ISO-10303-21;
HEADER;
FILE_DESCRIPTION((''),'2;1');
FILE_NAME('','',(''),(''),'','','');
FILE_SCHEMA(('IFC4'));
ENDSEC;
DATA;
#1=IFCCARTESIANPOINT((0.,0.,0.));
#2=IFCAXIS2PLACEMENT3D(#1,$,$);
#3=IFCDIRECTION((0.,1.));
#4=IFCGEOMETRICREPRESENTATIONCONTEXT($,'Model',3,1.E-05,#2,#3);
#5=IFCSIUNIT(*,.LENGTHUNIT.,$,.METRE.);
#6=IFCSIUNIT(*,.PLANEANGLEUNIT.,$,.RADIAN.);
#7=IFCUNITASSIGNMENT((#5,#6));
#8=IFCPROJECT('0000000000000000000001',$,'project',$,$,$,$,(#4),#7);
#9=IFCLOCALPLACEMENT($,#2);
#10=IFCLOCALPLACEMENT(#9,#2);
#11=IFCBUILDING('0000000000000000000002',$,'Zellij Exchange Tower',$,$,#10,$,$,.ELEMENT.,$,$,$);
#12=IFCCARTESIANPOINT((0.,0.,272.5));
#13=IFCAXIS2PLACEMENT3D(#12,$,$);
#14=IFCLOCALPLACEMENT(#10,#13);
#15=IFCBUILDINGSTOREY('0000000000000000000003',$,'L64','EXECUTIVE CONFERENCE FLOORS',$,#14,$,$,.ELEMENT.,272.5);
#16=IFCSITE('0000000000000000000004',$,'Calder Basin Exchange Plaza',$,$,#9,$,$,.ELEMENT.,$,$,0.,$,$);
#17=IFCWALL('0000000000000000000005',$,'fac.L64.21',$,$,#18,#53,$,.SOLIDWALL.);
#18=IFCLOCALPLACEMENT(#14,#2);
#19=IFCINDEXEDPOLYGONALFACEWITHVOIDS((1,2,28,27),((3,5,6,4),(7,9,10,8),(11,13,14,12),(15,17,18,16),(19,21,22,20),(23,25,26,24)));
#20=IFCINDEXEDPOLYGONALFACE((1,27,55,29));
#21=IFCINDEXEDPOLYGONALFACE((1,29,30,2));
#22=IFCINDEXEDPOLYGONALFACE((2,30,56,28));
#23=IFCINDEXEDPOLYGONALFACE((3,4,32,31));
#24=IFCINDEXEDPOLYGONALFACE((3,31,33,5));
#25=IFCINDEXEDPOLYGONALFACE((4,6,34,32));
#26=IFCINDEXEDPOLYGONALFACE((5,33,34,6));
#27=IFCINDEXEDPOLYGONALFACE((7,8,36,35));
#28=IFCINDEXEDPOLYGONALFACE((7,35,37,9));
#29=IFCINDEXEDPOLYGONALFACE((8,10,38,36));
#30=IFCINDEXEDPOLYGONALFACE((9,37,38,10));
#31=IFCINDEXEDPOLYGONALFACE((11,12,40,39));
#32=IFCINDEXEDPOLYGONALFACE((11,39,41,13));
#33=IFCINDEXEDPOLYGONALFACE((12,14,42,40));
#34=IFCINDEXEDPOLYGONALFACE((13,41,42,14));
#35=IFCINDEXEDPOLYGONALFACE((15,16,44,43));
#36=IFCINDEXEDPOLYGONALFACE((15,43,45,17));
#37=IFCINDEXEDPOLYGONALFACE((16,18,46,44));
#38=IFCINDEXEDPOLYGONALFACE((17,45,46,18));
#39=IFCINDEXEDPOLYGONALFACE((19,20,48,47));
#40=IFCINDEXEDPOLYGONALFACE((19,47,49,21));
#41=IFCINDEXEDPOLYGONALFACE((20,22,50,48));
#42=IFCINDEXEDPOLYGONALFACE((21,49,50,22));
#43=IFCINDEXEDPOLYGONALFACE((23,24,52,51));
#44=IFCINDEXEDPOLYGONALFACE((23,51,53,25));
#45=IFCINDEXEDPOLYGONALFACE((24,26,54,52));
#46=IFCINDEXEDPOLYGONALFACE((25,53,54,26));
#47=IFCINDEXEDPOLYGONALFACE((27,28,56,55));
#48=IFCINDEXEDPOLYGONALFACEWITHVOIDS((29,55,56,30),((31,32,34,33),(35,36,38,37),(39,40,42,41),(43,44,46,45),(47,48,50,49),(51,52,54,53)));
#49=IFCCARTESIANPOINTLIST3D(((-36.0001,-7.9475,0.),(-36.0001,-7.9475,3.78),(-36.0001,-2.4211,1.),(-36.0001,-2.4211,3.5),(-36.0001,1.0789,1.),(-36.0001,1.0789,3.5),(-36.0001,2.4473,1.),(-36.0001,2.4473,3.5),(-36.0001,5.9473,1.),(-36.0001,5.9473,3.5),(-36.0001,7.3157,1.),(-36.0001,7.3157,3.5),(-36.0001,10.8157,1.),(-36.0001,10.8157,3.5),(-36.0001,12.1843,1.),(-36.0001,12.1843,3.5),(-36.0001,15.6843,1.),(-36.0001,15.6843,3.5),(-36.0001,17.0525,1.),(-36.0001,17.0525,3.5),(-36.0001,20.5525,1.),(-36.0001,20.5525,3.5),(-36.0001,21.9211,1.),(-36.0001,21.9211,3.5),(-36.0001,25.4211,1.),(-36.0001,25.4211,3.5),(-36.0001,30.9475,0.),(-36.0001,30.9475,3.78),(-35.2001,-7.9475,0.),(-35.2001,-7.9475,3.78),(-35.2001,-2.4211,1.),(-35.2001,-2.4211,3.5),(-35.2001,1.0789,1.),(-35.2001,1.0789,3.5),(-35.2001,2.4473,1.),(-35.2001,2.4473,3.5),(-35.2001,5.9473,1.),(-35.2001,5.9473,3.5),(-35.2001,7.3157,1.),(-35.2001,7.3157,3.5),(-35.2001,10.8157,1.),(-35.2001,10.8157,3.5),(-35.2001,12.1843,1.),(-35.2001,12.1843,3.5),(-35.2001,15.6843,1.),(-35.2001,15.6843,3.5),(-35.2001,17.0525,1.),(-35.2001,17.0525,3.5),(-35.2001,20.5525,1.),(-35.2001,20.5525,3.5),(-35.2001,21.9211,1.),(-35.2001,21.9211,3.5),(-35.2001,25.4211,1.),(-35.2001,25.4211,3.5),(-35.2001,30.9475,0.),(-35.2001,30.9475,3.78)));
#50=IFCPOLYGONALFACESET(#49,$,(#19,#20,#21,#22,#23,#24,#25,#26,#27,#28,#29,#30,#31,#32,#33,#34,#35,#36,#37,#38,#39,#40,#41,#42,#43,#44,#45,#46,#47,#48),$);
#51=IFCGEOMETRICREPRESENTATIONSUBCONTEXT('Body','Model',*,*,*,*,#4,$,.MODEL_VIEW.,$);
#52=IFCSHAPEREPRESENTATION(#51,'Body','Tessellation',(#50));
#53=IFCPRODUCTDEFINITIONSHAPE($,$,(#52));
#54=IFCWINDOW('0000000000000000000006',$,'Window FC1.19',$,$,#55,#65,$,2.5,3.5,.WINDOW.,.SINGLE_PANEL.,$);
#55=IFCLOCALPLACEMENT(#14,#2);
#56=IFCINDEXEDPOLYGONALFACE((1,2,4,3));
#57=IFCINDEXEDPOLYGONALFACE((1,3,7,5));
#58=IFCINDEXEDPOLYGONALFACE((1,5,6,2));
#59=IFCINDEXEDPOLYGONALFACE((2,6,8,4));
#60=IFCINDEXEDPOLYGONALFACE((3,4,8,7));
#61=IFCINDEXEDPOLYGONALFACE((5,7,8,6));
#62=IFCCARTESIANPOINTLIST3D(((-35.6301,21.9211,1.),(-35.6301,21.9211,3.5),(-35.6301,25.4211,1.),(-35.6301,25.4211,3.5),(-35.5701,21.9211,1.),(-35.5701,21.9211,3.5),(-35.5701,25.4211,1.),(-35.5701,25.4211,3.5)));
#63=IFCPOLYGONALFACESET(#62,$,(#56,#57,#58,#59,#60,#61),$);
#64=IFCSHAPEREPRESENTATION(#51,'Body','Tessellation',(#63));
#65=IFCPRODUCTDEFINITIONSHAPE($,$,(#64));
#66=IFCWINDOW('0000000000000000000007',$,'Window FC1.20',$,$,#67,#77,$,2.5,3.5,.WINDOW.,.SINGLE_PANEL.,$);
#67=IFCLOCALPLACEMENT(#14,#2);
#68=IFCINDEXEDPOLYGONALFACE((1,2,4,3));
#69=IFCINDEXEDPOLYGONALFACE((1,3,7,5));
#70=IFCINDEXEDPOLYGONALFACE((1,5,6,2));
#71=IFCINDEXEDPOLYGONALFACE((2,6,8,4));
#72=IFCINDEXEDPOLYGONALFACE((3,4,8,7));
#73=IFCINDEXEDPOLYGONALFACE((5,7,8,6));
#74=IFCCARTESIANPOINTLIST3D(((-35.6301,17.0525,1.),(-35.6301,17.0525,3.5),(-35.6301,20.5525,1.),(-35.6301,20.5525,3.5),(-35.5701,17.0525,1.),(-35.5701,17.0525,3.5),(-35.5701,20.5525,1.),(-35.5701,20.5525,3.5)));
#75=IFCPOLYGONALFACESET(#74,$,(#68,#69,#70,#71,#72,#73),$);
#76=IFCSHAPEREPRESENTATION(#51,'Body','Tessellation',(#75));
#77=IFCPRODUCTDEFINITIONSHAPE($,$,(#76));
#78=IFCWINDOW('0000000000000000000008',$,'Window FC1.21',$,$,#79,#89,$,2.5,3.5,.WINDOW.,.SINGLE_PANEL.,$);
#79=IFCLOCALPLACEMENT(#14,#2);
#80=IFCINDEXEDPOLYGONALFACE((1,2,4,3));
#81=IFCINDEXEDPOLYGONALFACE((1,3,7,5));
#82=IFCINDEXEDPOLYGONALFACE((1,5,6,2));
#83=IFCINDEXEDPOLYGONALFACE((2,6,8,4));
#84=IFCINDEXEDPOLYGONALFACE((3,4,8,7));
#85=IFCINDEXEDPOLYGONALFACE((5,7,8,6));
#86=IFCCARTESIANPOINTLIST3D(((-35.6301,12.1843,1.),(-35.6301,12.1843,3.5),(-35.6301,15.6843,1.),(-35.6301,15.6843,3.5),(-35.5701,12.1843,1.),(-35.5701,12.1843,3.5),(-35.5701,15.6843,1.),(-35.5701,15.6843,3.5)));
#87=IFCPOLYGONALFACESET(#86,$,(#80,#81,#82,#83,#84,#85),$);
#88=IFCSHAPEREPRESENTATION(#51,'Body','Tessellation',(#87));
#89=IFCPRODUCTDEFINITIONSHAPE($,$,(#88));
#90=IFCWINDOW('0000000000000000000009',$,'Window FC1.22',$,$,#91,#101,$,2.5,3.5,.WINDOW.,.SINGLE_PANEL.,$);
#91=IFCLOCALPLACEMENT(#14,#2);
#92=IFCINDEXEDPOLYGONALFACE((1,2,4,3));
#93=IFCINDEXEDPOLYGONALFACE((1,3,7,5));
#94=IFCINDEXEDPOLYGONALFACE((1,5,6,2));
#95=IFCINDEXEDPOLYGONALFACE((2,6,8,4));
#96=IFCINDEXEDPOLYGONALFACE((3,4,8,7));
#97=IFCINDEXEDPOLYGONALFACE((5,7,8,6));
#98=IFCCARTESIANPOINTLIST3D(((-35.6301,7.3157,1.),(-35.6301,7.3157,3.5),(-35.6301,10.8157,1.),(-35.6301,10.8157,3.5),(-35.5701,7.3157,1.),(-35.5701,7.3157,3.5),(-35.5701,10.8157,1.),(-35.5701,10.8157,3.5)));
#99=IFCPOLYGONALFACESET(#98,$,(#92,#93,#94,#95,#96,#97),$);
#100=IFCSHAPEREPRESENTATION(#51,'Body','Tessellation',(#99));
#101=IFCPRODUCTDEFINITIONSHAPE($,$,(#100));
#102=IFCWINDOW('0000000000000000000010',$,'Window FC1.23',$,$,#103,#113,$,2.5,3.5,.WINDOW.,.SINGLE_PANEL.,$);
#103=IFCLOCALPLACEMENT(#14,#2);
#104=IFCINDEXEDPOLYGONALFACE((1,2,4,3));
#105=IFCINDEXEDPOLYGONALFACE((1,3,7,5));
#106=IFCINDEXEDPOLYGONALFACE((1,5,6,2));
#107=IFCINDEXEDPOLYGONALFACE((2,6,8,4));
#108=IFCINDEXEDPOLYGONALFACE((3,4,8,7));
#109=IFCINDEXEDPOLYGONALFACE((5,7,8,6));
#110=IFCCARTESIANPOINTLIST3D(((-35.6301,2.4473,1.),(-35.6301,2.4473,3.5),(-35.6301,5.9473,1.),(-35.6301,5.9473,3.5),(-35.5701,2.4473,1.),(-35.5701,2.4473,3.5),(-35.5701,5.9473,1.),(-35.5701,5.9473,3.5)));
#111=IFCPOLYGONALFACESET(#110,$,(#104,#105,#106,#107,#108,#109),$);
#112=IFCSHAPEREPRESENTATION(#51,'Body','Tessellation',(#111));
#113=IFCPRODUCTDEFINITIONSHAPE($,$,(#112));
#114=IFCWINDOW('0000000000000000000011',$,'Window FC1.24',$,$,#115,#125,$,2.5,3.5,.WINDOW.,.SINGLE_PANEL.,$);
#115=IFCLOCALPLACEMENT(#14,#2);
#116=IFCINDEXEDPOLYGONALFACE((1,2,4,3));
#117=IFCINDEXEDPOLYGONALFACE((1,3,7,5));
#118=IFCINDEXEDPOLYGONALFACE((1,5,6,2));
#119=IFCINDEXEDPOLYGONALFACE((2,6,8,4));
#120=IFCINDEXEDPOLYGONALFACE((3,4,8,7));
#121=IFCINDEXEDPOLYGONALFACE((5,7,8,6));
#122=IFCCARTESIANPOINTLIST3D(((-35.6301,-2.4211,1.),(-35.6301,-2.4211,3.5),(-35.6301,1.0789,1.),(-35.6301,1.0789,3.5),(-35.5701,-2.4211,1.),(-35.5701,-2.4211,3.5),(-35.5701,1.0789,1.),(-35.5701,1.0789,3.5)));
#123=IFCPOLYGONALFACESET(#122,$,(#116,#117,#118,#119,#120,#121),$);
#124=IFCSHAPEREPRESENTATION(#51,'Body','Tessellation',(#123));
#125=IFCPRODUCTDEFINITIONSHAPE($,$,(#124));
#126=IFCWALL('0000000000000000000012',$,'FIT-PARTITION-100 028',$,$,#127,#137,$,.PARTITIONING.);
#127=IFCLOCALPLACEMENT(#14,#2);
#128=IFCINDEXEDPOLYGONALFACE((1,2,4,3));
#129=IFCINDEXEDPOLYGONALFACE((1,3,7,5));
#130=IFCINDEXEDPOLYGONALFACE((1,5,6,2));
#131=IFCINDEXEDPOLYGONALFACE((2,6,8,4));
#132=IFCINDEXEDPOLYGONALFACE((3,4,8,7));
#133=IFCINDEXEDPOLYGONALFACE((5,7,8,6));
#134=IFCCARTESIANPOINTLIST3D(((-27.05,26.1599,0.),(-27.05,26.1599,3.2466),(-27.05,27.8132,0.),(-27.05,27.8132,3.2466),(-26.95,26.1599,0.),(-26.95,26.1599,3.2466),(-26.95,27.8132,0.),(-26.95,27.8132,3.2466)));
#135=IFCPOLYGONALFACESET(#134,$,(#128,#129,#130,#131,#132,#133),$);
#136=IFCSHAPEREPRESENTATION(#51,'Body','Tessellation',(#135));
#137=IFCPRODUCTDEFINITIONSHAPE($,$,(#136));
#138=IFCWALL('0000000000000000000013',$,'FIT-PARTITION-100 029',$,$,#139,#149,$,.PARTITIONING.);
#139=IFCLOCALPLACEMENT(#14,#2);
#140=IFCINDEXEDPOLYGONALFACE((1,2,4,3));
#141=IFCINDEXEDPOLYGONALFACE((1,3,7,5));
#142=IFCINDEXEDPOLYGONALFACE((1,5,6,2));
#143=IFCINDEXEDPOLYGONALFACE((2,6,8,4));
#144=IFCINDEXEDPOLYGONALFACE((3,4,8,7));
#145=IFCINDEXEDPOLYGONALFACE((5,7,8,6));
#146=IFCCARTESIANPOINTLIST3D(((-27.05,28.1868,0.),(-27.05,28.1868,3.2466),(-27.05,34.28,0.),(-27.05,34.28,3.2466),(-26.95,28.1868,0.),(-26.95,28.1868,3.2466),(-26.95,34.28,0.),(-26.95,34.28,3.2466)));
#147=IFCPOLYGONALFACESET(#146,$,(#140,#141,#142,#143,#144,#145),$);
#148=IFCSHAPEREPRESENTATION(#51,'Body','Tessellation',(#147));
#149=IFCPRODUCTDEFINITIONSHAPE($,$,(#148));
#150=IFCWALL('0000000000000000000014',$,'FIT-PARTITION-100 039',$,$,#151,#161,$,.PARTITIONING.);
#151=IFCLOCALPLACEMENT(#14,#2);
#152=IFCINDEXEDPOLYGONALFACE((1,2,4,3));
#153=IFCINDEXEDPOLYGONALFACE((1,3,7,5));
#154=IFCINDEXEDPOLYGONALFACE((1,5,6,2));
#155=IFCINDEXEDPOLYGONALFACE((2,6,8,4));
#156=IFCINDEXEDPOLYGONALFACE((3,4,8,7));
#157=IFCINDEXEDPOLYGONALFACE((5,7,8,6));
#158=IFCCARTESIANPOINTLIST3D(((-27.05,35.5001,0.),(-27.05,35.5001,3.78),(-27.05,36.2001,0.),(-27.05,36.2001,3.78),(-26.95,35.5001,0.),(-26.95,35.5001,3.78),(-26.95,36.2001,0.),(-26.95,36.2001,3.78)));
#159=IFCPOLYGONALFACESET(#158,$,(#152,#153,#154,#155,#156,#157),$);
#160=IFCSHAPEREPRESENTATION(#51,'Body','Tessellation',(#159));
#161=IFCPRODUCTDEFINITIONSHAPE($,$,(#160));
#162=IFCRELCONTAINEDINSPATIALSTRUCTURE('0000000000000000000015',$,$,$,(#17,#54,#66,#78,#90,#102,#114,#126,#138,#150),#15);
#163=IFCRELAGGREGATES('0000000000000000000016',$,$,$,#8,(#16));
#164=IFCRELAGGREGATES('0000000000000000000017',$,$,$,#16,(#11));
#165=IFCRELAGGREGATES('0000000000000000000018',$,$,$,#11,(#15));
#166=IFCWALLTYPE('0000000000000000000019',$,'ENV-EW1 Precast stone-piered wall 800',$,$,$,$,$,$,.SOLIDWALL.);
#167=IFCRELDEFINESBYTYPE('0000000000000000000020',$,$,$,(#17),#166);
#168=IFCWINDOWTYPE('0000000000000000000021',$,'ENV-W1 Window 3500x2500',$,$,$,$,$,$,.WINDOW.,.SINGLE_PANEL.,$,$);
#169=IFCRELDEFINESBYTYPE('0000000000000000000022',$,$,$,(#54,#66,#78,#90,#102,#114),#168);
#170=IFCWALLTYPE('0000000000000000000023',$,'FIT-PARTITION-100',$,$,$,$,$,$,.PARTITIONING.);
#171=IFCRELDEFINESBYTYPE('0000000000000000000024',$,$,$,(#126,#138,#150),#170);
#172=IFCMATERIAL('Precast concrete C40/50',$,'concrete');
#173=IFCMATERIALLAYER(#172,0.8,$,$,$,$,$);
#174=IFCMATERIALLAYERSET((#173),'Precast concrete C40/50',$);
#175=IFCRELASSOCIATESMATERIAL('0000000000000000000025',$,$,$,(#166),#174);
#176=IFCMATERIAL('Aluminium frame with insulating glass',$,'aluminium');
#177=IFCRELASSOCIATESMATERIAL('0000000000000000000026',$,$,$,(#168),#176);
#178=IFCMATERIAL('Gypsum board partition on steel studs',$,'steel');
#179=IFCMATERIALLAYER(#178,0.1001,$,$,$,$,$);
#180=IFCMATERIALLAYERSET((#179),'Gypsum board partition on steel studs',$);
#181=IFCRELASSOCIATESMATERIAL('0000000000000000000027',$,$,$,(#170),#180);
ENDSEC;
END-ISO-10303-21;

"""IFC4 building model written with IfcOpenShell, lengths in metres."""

from ifc_helpers import new_model, si_unit, direction, frame, frame_2d, origin, place, context, subcontext, project, spatial, rectangle, extrude, material, layer, layer_set, type_object, element, fill, save


model = new_model("IFC4")

# Units and contexts
model_context = context("Model", 3, precision=1e-05, world=origin(), true_north=direction((0.0, 1.0)))
body_context = subcontext(model_context, "Body", "Model", "MODEL_VIEW")
ifc_project = project(units=[si_unit("LENGTHUNIT", "METRE"), si_unit("PLANEANGLEUNIT", "RADIAN")], contexts=[model_context])

# Site, building, storey
site_placement = place(None, origin())
site = spatial("IfcSite", under=ifc_project, at=site_placement, Name="Calder Basin Exchange Plaza", CompositionType="ELEMENT", RefElevation=0.0)
building_placement = place(site_placement, origin())
building = spatial("IfcBuilding", under=site, at=building_placement, Name="Zellij Exchange Tower", CompositionType="ELEMENT")
storey_placement = place(building_placement, frame((0.0, 0.0, 272.5)))
storey = spatial("IfcBuildingStorey", under=building, at=storey_placement, Name="L64", Description="EXECUTIVE CONFERENCE FLOORS", CompositionType="ELEMENT", Elevation=272.5)

# Shared definitions
ifc_material_1 = material(Name="Precast concrete C40/50", Category="concrete")
ifc_layer_1 = layer(ifc_material_1, 0.8)
ifc_layer_set_1 = layer_set([ifc_layer_1], Name="Precast concrete C40/50")
wall_type_1 = type_object("IfcWallType", Name="ENV-EW1 Precast stone-piered wall 800", PredefinedType="SOLIDWALL", material=ifc_layer_set_1)

# Wall, openings, windows
wall_1_placement = place(storey_placement, frame((-35.6001, 30.9475, 0.0), z_axis=(0.0, 0.0, 1.0), x_axis=(0.0, -1.0, 0.0)))
wall_1 = element("IfcWall", 1, at=wall_1_placement, inside=storey, type_object=wall_type_1, Name="fac.L64.21", PredefinedType="SOLIDWALL", context=body_context, shape_type="SweptSolid", body=[
    extrude(rectangle(XDim=38.895, YDim=0.8, at=frame_2d((19.4475, 0.0))), origin(), (0.0, 0.0, 1.0), 3.78),
])
opening_1_placement = place(wall_1_placement, frame((5.5264, 0.0, 1.0)))
opening_1 = element("IfcOpeningElement", 2, at=opening_1_placement, cuts=wall_1, PredefinedType="OPENING", context=body_context, shape_type="SweptSolid", body=[
    extrude(rectangle(XDim=3.5, YDim=2.5, at=frame_2d((1.75, 1.25))), frame((0.0, 0.4121, 0.0), z_axis=(0.0, -1.0, 0.0), x_axis=(1.0, 0.0, 0.0)), (0.0, 0.0, 1.0), 0.824),
])
opening_2_placement = place(wall_1_placement, frame((10.395, 0.0, 1.0)))
opening_2 = element("IfcOpeningElement", 3, at=opening_2_placement, cuts=wall_1, PredefinedType="OPENING", context=body_context, shape_type="SweptSolid", body=[
    extrude(rectangle(XDim=3.5, YDim=2.5, at=frame_2d((1.75, 1.25))), frame((0.0, 0.4121, 0.0), z_axis=(0.0, -1.0, 0.0), x_axis=(1.0, 0.0, 0.0)), (0.0, 0.0, 1.0), 0.824),
])
opening_3_placement = place(wall_1_placement, frame((15.2632, 0.0, 1.0)))
opening_3 = element("IfcOpeningElement", 4, at=opening_3_placement, cuts=wall_1, PredefinedType="OPENING", context=body_context, shape_type="SweptSolid", body=[
    extrude(rectangle(XDim=3.5, YDim=2.5, at=frame_2d((1.75, 1.25))), frame((0.0, 0.4121, 0.0), z_axis=(0.0, -1.0, 0.0), x_axis=(1.0, 0.0, 0.0)), (0.0, 0.0, 1.0), 0.824),
])
opening_4_placement = place(wall_1_placement, frame((20.1318, 0.0, 1.0)))
opening_4 = element("IfcOpeningElement", 5, at=opening_4_placement, cuts=wall_1, PredefinedType="OPENING", context=body_context, shape_type="SweptSolid", body=[
    extrude(rectangle(XDim=3.5, YDim=2.5, at=frame_2d((1.75, 1.25))), frame((0.0, 0.4121, 0.0), z_axis=(0.0, -1.0, 0.0), x_axis=(1.0, 0.0, 0.0)), (0.0, 0.0, 1.0), 0.824),
])
opening_5_placement = place(wall_1_placement, frame((25.0002, 0.0, 1.0)))
opening_5 = element("IfcOpeningElement", 6, at=opening_5_placement, cuts=wall_1, PredefinedType="OPENING", context=body_context, shape_type="SweptSolid", body=[
    extrude(rectangle(XDim=3.5, YDim=2.5, at=frame_2d((1.75, 1.25))), frame((0.0, 0.4121, 0.0), z_axis=(0.0, -1.0, 0.0), x_axis=(1.0, 0.0, 0.0)), (0.0, 0.0, 1.0), 0.824),
])
opening_6_placement = place(wall_1_placement, frame((29.8687, 0.0, 1.0)))
opening_6 = element("IfcOpeningElement", 7, at=opening_6_placement, cuts=wall_1, PredefinedType="OPENING", context=body_context, shape_type="SweptSolid", body=[
    extrude(rectangle(XDim=3.5, YDim=2.5, at=frame_2d((1.75, 1.25))), frame((0.0, 0.4121, 0.0), z_axis=(0.0, -1.0, 0.0), x_axis=(1.0, 0.0, 0.0)), (0.0, 0.0, 1.0), 0.824),
])
ifc_material_2 = material(Name="Aluminium frame with insulating glass", Category="aluminium")
window_type = type_object("IfcWindowType", Name="ENV-W1 Window 3500x2500", PartitioningType="SINGLE_PANEL", PredefinedType="WINDOW", material=ifc_material_2)
window_1_placement = place(opening_1_placement, origin())
window_1 = element("IfcWindow", 8, at=window_1_placement, inside=storey, type_object=window_type, Name="Window FC1.19", OverallHeight=2.5, OverallWidth=3.5, PartitioningType="SINGLE_PANEL", PredefinedType="WINDOW", context=body_context, shape_type="SweptSolid", body=[
    extrude(rectangle(XDim=3.5, YDim=2.5, at=frame_2d((1.75, 1.25))), frame((0.0, 0.03, 0.0), z_axis=(0.0, -1.0, 0.0), x_axis=(1.0, 0.0, 0.0)), (0.0, 0.0, 1.0), 0.0601),
])
fill(opening_1, window_1)
window_2_placement = place(opening_2_placement, origin())
window_2 = element("IfcWindow", 9, at=window_2_placement, inside=storey, type_object=window_type, Name="Window FC1.20", OverallHeight=2.5, OverallWidth=3.5, PartitioningType="SINGLE_PANEL", PredefinedType="WINDOW", context=body_context, shape_type="SweptSolid", body=[
    extrude(rectangle(XDim=3.5, YDim=2.5, at=frame_2d((1.75, 1.25))), frame((0.0, 0.03, 0.0), z_axis=(0.0, -1.0, 0.0), x_axis=(1.0, 0.0, 0.0)), (0.0, 0.0, 1.0), 0.0601),
])
fill(opening_2, window_2)
window_3_placement = place(opening_3_placement, origin())
window_3 = element("IfcWindow", 10, at=window_3_placement, inside=storey, type_object=window_type, Name="Window FC1.21", OverallHeight=2.5, OverallWidth=3.5, PartitioningType="SINGLE_PANEL", PredefinedType="WINDOW", context=body_context, shape_type="SweptSolid", body=[
    extrude(rectangle(XDim=3.5, YDim=2.5, at=frame_2d((1.75, 1.25))), frame((0.0, 0.03, 0.0), z_axis=(0.0, -1.0, 0.0), x_axis=(1.0, 0.0, 0.0)), (0.0, 0.0, 1.0), 0.0601),
])
fill(opening_3, window_3)
window_4_placement = place(opening_4_placement, origin())
window_4 = element("IfcWindow", 11, at=window_4_placement, inside=storey, type_object=window_type, Name="Window FC1.22", OverallHeight=2.5, OverallWidth=3.5, PartitioningType="SINGLE_PANEL", PredefinedType="WINDOW", context=body_context, shape_type="SweptSolid", body=[
    extrude(rectangle(XDim=3.5, YDim=2.5, at=frame_2d((1.75, 1.25))), frame((0.0, 0.03, 0.0), z_axis=(0.0, -1.0, 0.0), x_axis=(1.0, 0.0, 0.0)), (0.0, 0.0, 1.0), 0.0601),
])
fill(opening_4, window_4)
window_5_placement = place(opening_5_placement, origin())
window_5 = element("IfcWindow", 12, at=window_5_placement, inside=storey, type_object=window_type, Name="Window FC1.23", OverallHeight=2.5, OverallWidth=3.5, PartitioningType="SINGLE_PANEL", PredefinedType="WINDOW", context=body_context, shape_type="SweptSolid", body=[
    extrude(rectangle(XDim=3.5, YDim=2.5, at=frame_2d((1.75, 1.25))), frame((0.0, 0.03, 0.0), z_axis=(0.0, -1.0, 0.0), x_axis=(1.0, 0.0, 0.0)), (0.0, 0.0, 1.0), 0.0601),
])
fill(opening_5, window_5)
window_6_placement = place(opening_6_placement, origin())
window_6 = element("IfcWindow", 13, at=window_6_placement, inside=storey, type_object=window_type, Name="Window FC1.24", OverallHeight=2.5, OverallWidth=3.5, PartitioningType="SINGLE_PANEL", PredefinedType="WINDOW", context=body_context, shape_type="SweptSolid", body=[
    extrude(rectangle(XDim=3.5, YDim=2.5, at=frame_2d((1.75, 1.25))), frame((0.0, 0.03, 0.0), z_axis=(0.0, -1.0, 0.0), x_axis=(1.0, 0.0, 0.0)), (0.0, 0.0, 1.0), 0.0601),
])
fill(opening_6, window_6)

# Walls
ifc_material_3 = material(Name="Gypsum board partition on steel studs", Category="steel")
ifc_layer_2 = layer(ifc_material_3, 0.1001)
ifc_layer_set_2 = layer_set([ifc_layer_2], Name="Gypsum board partition on steel studs")
wall_type_2 = type_object("IfcWallType", Name="FIT-PARTITION-100", PredefinedType="PARTITIONING", material=ifc_layer_set_2)
wall_2_placement = place(storey_placement, frame((-27.0, 26.1599, 0.0), z_axis=(0.0, 0.0, 1.0), x_axis=(0.0, 1.0, 0.0)))
element("IfcWall", 14, at=wall_2_placement, inside=storey, type_object=wall_type_2, Name="FIT-PARTITION-100 028", PredefinedType="PARTITIONING", context=body_context, shape_type="SweptSolid", body=[
    extrude(rectangle(XDim=1.6533, YDim=0.1001, at=frame_2d((0.8267, 0.0))), origin(), (0.0, 0.0, 1.0), 3.2466),
])
wall_3_placement = place(storey_placement, frame((-27.0, 28.1868, 0.0), z_axis=(0.0, 0.0, 1.0), x_axis=(0.0, 1.0, 0.0)))
element("IfcWall", 15, at=wall_3_placement, inside=storey, type_object=wall_type_2, Name="FIT-PARTITION-100 029", PredefinedType="PARTITIONING", context=body_context, shape_type="SweptSolid", body=[
    extrude(rectangle(XDim=6.0933, YDim=0.1001, at=frame_2d((3.0466, 0.0))), origin(), (0.0, 0.0, 1.0), 3.2466),
])
wall_4_placement = place(storey_placement, frame((-27.0, 35.5, 0.0), z_axis=(0.0, 0.0, 1.0), x_axis=(0.0, 1.0, 0.0)))
element("IfcWall", 16, at=wall_4_placement, inside=storey, type_object=wall_type_2, Name="FIT-PARTITION-100 039", PredefinedType="PARTITIONING", context=body_context, shape_type="SweptSolid", body=[
    extrude(rectangle(XDim=0.7, YDim=0.1001, at=frame_2d((0.3501, 0.0))), origin(), (0.0, 0.0, 1.0), 3.78),
])

save(model, "model.ifc")
